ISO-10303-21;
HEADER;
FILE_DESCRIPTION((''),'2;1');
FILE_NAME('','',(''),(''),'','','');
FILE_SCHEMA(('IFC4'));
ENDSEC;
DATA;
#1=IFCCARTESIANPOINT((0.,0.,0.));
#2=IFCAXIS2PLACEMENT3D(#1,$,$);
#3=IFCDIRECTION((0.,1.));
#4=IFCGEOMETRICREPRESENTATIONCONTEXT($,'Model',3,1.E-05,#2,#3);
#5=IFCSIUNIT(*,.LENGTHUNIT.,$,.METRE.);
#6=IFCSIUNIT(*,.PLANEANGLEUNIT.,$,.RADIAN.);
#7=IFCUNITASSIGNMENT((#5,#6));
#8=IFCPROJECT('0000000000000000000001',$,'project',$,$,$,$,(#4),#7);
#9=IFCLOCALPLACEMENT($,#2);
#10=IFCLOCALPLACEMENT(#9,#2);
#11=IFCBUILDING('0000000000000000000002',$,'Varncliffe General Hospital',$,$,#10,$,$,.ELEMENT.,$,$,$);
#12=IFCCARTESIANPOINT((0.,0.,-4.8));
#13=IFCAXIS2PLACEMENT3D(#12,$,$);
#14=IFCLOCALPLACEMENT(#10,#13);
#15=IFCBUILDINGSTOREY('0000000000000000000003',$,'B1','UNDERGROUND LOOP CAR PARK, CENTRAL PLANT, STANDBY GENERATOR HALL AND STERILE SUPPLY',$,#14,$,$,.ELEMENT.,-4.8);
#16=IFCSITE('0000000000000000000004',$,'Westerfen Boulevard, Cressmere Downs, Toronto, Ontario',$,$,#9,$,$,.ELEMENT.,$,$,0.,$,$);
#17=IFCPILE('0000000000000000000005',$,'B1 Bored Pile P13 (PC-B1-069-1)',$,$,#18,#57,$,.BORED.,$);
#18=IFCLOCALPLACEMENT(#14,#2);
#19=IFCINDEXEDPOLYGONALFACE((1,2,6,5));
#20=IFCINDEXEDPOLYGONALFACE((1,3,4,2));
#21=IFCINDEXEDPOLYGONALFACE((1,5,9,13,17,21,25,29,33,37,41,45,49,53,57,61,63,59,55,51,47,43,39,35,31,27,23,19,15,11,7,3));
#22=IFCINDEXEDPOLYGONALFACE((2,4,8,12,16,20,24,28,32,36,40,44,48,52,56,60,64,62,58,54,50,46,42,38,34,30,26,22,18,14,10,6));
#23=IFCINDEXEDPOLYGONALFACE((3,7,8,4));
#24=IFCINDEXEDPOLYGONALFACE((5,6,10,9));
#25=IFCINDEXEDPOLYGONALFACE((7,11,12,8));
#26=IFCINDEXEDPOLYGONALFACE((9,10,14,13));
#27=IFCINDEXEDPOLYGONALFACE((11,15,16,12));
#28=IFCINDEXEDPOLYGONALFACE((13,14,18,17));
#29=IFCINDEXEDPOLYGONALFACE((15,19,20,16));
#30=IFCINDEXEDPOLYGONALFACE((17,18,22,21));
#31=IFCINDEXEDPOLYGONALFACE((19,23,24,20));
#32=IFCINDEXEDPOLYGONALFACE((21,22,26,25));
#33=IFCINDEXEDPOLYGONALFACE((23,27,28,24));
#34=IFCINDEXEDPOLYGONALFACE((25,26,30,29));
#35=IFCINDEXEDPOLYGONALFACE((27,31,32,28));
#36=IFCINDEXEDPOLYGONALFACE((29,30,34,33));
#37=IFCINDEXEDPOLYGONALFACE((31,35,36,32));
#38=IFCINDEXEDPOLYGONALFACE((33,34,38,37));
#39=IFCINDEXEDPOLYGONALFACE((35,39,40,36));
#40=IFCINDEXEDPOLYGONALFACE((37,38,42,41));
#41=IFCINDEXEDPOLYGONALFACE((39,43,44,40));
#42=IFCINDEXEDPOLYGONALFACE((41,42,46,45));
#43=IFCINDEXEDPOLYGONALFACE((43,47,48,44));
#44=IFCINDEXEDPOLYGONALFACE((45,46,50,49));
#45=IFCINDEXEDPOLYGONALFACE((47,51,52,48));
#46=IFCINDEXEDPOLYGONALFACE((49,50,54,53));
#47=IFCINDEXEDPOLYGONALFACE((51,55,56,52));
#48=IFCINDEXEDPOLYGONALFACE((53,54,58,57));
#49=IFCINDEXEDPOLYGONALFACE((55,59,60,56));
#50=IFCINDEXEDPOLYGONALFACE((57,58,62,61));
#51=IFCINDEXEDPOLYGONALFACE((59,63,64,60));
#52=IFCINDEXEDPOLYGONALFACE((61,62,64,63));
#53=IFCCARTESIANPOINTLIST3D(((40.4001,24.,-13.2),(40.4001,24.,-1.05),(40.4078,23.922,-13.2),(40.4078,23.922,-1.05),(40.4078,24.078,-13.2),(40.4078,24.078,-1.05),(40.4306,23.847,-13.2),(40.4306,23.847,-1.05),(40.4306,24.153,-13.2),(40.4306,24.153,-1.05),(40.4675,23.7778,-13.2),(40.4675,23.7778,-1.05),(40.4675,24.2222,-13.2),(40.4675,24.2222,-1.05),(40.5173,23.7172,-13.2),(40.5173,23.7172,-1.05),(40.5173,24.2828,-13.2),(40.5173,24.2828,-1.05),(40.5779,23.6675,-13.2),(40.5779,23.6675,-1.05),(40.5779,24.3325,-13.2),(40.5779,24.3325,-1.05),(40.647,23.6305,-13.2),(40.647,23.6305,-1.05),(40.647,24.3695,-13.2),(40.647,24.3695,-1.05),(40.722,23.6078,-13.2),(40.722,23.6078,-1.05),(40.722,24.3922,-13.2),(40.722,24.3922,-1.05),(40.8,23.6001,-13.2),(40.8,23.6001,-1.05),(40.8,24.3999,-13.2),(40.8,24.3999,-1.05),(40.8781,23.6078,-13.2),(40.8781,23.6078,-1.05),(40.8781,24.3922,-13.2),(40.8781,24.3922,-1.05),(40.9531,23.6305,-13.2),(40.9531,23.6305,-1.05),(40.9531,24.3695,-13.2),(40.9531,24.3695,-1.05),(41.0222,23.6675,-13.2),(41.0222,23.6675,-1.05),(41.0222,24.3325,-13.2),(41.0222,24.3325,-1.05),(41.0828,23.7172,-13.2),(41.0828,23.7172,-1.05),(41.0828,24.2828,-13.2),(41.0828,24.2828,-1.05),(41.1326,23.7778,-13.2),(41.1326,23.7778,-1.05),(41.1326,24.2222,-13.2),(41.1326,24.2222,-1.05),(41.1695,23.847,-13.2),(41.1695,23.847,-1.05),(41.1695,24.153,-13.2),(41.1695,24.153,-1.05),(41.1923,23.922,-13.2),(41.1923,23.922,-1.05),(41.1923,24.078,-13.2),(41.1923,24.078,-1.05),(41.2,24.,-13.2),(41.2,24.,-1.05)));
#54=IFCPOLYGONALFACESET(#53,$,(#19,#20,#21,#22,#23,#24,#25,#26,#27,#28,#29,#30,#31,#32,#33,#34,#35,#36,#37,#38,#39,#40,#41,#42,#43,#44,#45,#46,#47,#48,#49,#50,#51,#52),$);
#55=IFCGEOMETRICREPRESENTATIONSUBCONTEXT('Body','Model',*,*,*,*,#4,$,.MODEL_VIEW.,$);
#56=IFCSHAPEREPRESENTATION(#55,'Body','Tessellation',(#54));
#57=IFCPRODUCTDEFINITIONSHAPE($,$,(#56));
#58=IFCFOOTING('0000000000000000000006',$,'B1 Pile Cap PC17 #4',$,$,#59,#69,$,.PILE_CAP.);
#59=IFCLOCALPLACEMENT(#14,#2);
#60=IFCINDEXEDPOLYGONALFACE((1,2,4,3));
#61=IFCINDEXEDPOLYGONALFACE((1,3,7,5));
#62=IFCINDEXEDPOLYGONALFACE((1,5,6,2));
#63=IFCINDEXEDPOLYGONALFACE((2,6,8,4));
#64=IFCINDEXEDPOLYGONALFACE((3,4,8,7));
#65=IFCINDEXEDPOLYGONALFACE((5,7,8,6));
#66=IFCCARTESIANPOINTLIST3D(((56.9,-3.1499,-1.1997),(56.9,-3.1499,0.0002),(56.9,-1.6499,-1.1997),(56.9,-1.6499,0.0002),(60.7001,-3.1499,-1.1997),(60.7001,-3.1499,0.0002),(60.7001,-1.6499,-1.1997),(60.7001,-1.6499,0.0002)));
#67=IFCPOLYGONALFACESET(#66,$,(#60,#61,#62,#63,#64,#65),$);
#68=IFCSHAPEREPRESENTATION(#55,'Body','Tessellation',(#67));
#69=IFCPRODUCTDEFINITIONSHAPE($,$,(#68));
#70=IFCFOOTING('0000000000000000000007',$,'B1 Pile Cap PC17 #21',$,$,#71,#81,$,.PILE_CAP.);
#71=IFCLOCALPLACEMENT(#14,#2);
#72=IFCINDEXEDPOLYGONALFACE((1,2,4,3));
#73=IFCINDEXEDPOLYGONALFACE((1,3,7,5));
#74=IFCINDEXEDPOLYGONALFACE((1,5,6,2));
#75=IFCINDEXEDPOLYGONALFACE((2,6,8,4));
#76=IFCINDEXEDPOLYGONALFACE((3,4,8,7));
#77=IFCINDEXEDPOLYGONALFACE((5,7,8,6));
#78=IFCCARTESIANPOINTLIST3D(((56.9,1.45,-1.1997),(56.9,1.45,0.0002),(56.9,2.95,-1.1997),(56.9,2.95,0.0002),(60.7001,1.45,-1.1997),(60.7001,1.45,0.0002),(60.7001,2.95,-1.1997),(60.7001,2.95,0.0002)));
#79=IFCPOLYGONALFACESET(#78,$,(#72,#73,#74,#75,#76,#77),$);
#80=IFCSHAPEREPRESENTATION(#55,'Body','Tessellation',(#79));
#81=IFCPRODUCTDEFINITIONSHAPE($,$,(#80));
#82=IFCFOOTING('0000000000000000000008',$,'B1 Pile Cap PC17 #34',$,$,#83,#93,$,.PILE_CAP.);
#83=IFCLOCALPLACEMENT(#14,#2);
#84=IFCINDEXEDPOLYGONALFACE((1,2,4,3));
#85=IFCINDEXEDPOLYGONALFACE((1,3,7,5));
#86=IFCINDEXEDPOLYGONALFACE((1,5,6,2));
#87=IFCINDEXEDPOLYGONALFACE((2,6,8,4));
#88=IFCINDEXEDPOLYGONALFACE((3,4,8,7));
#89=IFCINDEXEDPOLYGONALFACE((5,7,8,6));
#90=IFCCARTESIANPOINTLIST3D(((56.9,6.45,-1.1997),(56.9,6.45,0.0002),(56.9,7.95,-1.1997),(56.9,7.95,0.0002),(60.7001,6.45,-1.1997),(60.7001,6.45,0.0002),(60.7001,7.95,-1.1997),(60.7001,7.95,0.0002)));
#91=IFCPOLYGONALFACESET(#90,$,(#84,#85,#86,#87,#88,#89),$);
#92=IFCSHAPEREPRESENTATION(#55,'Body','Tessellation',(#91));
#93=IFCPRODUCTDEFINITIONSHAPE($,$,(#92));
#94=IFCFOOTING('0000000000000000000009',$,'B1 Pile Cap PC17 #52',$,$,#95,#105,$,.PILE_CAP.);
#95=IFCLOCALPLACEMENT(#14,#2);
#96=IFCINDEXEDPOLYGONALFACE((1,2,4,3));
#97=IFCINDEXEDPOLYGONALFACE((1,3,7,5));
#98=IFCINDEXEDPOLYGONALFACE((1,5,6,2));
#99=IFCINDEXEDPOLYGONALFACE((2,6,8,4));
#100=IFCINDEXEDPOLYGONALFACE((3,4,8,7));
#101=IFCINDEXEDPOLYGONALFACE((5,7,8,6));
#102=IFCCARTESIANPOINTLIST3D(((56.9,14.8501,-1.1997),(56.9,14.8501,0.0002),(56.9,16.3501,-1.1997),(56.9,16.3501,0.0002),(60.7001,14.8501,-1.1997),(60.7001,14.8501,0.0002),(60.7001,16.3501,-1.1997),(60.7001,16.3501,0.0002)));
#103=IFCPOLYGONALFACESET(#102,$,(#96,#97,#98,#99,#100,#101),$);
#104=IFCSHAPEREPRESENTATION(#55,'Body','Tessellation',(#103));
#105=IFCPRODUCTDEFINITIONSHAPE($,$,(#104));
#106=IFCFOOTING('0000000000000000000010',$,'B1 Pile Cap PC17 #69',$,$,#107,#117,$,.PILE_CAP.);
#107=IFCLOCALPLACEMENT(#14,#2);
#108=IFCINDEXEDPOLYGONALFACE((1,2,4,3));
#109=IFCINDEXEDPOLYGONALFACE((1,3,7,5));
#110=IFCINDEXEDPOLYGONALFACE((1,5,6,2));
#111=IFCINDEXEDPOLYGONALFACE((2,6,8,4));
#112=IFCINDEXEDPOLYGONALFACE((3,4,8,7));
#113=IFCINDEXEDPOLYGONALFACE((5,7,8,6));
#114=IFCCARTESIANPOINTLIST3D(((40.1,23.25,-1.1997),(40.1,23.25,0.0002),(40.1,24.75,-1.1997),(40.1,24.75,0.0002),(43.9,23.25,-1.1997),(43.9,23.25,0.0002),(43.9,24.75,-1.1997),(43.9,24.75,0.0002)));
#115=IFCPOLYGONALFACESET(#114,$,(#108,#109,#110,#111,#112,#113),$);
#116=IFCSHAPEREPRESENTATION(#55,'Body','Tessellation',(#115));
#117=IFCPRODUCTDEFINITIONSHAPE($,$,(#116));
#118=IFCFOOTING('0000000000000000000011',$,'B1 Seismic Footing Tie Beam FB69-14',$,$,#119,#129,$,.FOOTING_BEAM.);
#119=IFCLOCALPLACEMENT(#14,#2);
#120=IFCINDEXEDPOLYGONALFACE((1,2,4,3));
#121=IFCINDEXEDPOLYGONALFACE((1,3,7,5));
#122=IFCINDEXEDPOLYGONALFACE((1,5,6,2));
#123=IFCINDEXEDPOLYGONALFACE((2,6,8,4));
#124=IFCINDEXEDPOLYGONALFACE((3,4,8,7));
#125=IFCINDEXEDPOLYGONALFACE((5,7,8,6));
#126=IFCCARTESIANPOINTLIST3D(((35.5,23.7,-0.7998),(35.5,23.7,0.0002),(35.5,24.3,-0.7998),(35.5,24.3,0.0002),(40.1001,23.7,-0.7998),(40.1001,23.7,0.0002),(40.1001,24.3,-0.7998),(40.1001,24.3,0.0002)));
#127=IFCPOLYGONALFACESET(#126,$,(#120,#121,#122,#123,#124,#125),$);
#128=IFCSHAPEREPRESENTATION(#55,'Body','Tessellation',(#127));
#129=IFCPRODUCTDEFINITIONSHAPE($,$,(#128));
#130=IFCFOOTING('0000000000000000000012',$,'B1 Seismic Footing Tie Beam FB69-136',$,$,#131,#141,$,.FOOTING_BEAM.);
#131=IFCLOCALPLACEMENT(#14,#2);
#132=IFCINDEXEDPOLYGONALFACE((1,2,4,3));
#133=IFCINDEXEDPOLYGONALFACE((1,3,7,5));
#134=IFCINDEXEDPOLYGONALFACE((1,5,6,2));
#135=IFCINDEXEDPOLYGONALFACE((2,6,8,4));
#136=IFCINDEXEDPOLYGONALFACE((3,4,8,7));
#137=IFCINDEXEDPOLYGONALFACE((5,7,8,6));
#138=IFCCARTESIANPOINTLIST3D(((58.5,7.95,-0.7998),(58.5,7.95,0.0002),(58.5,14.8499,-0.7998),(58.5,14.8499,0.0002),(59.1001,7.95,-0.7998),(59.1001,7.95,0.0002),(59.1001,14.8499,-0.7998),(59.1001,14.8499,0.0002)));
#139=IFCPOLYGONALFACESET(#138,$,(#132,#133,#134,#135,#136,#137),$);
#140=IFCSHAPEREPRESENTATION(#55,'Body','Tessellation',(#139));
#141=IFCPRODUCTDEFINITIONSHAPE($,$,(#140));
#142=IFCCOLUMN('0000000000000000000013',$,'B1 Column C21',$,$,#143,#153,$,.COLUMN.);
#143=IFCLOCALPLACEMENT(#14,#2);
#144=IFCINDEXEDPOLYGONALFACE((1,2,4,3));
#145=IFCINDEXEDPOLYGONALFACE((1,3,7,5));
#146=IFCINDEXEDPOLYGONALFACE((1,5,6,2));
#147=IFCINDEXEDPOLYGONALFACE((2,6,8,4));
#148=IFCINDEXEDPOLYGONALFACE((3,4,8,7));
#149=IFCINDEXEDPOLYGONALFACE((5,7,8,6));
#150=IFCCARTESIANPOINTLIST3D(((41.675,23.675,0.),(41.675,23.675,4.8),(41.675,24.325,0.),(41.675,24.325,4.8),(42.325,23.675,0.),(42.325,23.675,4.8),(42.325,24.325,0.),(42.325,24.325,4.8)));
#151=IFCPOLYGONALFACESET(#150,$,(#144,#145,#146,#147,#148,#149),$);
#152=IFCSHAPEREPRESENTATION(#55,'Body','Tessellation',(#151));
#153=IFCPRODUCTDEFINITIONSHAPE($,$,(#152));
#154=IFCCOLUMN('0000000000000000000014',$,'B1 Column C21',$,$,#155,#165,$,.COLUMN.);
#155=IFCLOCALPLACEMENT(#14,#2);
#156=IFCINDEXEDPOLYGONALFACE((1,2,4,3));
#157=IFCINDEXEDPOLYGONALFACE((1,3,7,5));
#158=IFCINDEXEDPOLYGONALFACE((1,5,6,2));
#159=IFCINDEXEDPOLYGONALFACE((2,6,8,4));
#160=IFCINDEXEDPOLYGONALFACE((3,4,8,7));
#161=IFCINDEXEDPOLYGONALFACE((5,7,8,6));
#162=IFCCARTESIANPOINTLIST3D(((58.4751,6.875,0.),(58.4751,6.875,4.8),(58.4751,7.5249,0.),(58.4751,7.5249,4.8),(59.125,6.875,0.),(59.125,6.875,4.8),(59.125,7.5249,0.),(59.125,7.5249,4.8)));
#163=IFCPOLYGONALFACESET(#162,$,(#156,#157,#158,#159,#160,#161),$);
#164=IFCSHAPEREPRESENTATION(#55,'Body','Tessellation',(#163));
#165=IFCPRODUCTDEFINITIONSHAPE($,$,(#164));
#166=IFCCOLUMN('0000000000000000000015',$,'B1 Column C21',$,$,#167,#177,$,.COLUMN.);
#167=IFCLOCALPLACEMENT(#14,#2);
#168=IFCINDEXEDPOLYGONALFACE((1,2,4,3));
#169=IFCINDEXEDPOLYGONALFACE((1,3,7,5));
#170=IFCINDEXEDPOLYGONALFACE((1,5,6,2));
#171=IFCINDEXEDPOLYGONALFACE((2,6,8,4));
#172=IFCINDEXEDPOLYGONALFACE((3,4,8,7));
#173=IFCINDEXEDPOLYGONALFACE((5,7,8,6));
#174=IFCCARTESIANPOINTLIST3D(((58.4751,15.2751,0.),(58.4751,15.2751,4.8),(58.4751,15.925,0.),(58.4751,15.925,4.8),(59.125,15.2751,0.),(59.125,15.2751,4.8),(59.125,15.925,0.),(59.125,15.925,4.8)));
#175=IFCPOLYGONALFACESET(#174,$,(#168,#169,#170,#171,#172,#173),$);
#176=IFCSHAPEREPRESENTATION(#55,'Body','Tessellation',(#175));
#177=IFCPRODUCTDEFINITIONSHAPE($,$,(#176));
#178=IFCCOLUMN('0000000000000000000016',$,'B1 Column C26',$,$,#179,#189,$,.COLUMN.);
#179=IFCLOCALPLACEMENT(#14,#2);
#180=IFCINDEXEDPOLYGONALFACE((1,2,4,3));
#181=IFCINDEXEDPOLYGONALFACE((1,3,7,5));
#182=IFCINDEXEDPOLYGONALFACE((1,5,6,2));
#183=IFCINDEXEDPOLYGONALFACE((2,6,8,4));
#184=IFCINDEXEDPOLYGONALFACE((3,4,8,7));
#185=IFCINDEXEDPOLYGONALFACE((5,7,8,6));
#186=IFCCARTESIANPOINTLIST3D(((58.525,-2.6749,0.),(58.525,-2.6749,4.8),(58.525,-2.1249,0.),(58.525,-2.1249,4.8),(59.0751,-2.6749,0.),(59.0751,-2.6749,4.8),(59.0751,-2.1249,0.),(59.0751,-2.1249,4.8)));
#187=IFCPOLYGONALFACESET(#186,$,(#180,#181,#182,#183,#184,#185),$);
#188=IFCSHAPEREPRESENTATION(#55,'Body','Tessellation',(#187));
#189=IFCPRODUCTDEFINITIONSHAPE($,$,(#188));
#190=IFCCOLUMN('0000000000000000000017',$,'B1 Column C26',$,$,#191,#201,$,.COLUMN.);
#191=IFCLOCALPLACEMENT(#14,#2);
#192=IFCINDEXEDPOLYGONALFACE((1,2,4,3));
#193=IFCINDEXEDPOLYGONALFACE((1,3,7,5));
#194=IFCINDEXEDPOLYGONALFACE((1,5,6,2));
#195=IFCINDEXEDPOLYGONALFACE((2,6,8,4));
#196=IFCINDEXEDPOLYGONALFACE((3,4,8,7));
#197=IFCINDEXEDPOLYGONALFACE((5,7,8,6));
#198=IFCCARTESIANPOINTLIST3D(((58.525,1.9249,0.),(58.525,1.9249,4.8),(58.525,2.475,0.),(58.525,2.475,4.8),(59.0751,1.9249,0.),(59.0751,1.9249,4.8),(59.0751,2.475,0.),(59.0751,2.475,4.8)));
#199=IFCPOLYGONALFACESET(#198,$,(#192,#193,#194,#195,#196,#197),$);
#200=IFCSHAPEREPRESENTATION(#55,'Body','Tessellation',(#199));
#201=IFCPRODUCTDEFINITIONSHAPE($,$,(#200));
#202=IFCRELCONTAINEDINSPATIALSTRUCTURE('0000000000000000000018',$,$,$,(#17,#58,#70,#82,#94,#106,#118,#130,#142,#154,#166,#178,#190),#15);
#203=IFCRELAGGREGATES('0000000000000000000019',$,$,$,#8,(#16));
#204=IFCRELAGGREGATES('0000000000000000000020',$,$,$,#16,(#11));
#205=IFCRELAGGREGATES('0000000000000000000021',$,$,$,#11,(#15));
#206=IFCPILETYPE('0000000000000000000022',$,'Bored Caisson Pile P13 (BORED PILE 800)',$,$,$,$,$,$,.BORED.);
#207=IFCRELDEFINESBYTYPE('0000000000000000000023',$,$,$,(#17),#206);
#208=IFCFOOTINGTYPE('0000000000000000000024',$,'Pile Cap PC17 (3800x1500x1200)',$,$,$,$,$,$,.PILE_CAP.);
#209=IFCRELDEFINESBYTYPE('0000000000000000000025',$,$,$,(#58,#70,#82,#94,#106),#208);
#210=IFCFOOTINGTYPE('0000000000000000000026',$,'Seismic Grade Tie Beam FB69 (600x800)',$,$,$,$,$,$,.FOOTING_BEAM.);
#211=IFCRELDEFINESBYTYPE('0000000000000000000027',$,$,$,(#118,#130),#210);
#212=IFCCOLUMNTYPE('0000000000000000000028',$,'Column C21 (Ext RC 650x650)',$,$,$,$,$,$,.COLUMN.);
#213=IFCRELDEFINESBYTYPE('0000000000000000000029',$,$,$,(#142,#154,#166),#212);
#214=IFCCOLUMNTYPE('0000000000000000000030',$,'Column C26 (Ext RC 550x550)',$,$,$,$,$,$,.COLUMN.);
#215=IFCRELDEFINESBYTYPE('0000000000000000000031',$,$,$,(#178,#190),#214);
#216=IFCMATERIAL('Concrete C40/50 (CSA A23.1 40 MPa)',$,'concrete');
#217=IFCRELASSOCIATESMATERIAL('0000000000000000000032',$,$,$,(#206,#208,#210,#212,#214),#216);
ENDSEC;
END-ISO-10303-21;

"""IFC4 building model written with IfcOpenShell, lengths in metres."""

from ifc_helpers import new_model, si_unit, direction, frame, origin, origin_2d, place, context, subcontext, project, spatial, rectangle, circle, extrude, material, material_profile, profile_set, type_object, element, save


model = new_model("IFC4")

# Units and contexts
model_context = context("Model", 3, precision=1e-05, world=origin(), true_north=direction((0.0, 1.0)))
body_context = subcontext(model_context, "Body", "Model", "MODEL_VIEW")
ifc_project = project(units=[si_unit("LENGTHUNIT", "METRE"), si_unit("PLANEANGLEUNIT", "RADIAN")], contexts=[model_context])

# Site, building, storey
site_placement = place(None, origin())
site = spatial("IfcSite", under=ifc_project, at=site_placement, Name="Westerfen Boulevard, Cressmere Downs, Toronto, Ontario", CompositionType="ELEMENT", RefElevation=0.0)
building_placement = place(site_placement, origin())
building = spatial("IfcBuilding", under=site, at=building_placement, Name="Varncliffe General Hospital", CompositionType="ELEMENT")
storey_placement = place(building_placement, frame((0.0, 0.0, -4.8)))
storey = spatial("IfcBuildingStorey", under=building, at=storey_placement, Name="B1", Description="UNDERGROUND LOOP CAR PARK, CENTRAL PLANT, STANDBY GENERATOR HALL AND STERILE SUPPLY", CompositionType="ELEMENT", Elevation=-4.8)

# Pile
ifc_material_1 = material(Name="Concrete C40/50 (CSA A23.1 40 MPa)", Category="concrete")
ifc_material_profile_1 = material_profile(ifc_material_1, circle(Radius=0.3999, at=origin_2d()), Name="BORED PILE 800")
ifc_profile_set_1 = profile_set([ifc_material_profile_1], Name="Concrete C40/50 (CSA A23.1 40 MPa)")
pile_type = type_object("IfcPileType", Name="Bored Caisson Pile P13 (BORED PILE 800)", PredefinedType="BORED", material=ifc_profile_set_1)
for number, where, z_axis, x_axis, name in (
    (1, (40.8, 24.0, -1.05), (0.0, 0.0, -1.0), (1.0, 0.0, 0.0), "B1 Bored Pile P13 (PC-B1-069-1)"),
):
    element("IfcPile", number, at=place(storey_placement, frame(where, z_axis=z_axis, x_axis=x_axis)), inside=storey, type_object=pile_type, Name=name, PredefinedType="BORED", context=body_context, shape_type="SweptSolid", body=[
        extrude(circle(Radius=0.3999, at=origin_2d()), origin(), (0.0, 0.0, 1.0), 12.1499),
    ])

# Footings
footing_type_1 = type_object("IfcFootingType", Name="Pile Cap PC17 (3800x1500x1200)", PredefinedType="PILE_CAP", material=ifc_material_1)
for number, where, z_axis, x_axis, name in (
    (2, (58.8, -2.3999, -1.1997), (0.0, 0.0, 1.0), (1.0, 0.0, 0.0), "B1 Pile Cap PC17 #4"),
    (3, (58.8, 2.2, -1.1997), (0.0, 0.0, 1.0), (1.0, 0.0, 0.0), "B1 Pile Cap PC17 #21"),
    (4, (58.8, 7.2, -1.1997), (0.0, 0.0, 1.0), (1.0, 0.0, 0.0), "B1 Pile Cap PC17 #34"),
    (5, (58.8, 15.6001, -1.1997), (0.0, 0.0, 1.0), (1.0, 0.0, 0.0), "B1 Pile Cap PC17 #52"),
    (6, (42.0, 24.0, -1.1997), (0.0, 0.0, 1.0), (1.0, 0.0, 0.0), "B1 Pile Cap PC17 #69"),
):
    element("IfcFooting", number, at=place(storey_placement, frame(where, z_axis=z_axis, x_axis=x_axis)), inside=storey, type_object=footing_type_1, Name=name, PredefinedType="PILE_CAP", context=body_context, shape_type="SweptSolid", body=[
        extrude(rectangle(XDim=3.8, YDim=1.5, at=origin_2d()), origin(), (0.0, 0.0, 1.0), 1.2),
    ])
footing_type_2 = type_object("IfcFootingType", Name="Seismic Grade Tie Beam FB69 (600x800)", PredefinedType="FOOTING_BEAM", material=ifc_material_1)
footing_1_placement = place(storey_placement, frame((37.8, 24.0, -0.7998), z_axis=(0.0, 0.0, 1.0), x_axis=(1.0, 0.0, 0.0)))
element("IfcFooting", 7, at=footing_1_placement, inside=storey, type_object=footing_type_2, Name="B1 Seismic Footing Tie Beam FB69-14", PredefinedType="FOOTING_BEAM", context=body_context, shape_type="SweptSolid", body=[
    extrude(rectangle(XDim=4.6001, YDim=0.6001, at=origin_2d()), origin(), (0.0, 0.0, 1.0), 0.8),
])
footing_2_placement = place(storey_placement, frame((58.8, 11.3999, -0.7998), z_axis=(0.0, 0.0, 1.0), x_axis=(1.0, 0.0, 0.0)))
element("IfcFooting", 8, at=footing_2_placement, inside=storey, type_object=footing_type_2, Name="B1 Seismic Footing Tie Beam FB69-136", PredefinedType="FOOTING_BEAM", context=body_context, shape_type="SweptSolid", body=[
    extrude(rectangle(XDim=0.6001, YDim=6.8999, at=origin_2d()), origin(), (0.0, 0.0, 1.0), 0.8),
])

# Columns
ifc_material_profile_2 = material_profile(ifc_material_1, rectangle(XDim=0.6499, YDim=0.6499, at=origin_2d()), Name="RC 650x650")
ifc_profile_set_2 = profile_set([ifc_material_profile_2], Name="Concrete C40/50 (CSA A23.1 40 MPa)")
column_type_1 = type_object("IfcColumnType", Name="Column C21 (Ext RC 650x650)", PredefinedType="COLUMN", material=ifc_profile_set_2)
for number, where, z_axis, x_axis, name in (
    (9, (42.0, 24.0, 0.0), (0.0, 0.0, 1.0), (1.0, 0.0, 0.0), "B1 Column C21"),
    (10, (58.8, 7.2, 0.0), (0.0, 0.0, 1.0), (1.0, 0.0, 0.0), "B1 Column C21"),
    (11, (58.8, 15.6001, 0.0), (0.0, 0.0, 1.0), (1.0, 0.0, 0.0), "B1 Column C21"),
):
    element("IfcColumn", number, at=place(storey_placement, frame(where, z_axis=z_axis, x_axis=x_axis)), inside=storey, type_object=column_type_1, Name=name, PredefinedType="COLUMN", context=body_context, shape_type="SweptSolid", body=[
        extrude(rectangle(XDim=0.6499, YDim=0.6499, at=origin_2d()), origin(), (0.0, 0.0, 1.0), 4.8),
    ])
ifc_material_profile_3 = material_profile(ifc_material_1, rectangle(XDim=0.55, YDim=0.55, at=origin_2d()), Name="RC 550x550")
ifc_profile_set_3 = profile_set([ifc_material_profile_3], Name="Concrete C40/50 (CSA A23.1 40 MPa)")
column_type_2 = type_object("IfcColumnType", Name="Column C26 (Ext RC 550x550)", PredefinedType="COLUMN", material=ifc_profile_set_3)
for number, where, z_axis, x_axis, name in (
    (12, (58.8, -2.3999, 0.0), (0.0, 0.0, 1.0), (1.0, 0.0, 0.0), "B1 Column C26"),
    (13, (58.8, 2.2, 0.0), (0.0, 0.0, 1.0), (1.0, 0.0, 0.0), "B1 Column C26"),
):
    element("IfcColumn", number, at=place(storey_placement, frame(where, z_axis=z_axis, x_axis=x_axis)), inside=storey, type_object=column_type_2, Name=name, PredefinedType="COLUMN", context=body_context, shape_type="SweptSolid", body=[
        extrude(rectangle(XDim=0.55, YDim=0.55, at=origin_2d()), origin(), (0.0, 0.0, 1.0), 4.8),
    ])

save(model, "model.ifc")
